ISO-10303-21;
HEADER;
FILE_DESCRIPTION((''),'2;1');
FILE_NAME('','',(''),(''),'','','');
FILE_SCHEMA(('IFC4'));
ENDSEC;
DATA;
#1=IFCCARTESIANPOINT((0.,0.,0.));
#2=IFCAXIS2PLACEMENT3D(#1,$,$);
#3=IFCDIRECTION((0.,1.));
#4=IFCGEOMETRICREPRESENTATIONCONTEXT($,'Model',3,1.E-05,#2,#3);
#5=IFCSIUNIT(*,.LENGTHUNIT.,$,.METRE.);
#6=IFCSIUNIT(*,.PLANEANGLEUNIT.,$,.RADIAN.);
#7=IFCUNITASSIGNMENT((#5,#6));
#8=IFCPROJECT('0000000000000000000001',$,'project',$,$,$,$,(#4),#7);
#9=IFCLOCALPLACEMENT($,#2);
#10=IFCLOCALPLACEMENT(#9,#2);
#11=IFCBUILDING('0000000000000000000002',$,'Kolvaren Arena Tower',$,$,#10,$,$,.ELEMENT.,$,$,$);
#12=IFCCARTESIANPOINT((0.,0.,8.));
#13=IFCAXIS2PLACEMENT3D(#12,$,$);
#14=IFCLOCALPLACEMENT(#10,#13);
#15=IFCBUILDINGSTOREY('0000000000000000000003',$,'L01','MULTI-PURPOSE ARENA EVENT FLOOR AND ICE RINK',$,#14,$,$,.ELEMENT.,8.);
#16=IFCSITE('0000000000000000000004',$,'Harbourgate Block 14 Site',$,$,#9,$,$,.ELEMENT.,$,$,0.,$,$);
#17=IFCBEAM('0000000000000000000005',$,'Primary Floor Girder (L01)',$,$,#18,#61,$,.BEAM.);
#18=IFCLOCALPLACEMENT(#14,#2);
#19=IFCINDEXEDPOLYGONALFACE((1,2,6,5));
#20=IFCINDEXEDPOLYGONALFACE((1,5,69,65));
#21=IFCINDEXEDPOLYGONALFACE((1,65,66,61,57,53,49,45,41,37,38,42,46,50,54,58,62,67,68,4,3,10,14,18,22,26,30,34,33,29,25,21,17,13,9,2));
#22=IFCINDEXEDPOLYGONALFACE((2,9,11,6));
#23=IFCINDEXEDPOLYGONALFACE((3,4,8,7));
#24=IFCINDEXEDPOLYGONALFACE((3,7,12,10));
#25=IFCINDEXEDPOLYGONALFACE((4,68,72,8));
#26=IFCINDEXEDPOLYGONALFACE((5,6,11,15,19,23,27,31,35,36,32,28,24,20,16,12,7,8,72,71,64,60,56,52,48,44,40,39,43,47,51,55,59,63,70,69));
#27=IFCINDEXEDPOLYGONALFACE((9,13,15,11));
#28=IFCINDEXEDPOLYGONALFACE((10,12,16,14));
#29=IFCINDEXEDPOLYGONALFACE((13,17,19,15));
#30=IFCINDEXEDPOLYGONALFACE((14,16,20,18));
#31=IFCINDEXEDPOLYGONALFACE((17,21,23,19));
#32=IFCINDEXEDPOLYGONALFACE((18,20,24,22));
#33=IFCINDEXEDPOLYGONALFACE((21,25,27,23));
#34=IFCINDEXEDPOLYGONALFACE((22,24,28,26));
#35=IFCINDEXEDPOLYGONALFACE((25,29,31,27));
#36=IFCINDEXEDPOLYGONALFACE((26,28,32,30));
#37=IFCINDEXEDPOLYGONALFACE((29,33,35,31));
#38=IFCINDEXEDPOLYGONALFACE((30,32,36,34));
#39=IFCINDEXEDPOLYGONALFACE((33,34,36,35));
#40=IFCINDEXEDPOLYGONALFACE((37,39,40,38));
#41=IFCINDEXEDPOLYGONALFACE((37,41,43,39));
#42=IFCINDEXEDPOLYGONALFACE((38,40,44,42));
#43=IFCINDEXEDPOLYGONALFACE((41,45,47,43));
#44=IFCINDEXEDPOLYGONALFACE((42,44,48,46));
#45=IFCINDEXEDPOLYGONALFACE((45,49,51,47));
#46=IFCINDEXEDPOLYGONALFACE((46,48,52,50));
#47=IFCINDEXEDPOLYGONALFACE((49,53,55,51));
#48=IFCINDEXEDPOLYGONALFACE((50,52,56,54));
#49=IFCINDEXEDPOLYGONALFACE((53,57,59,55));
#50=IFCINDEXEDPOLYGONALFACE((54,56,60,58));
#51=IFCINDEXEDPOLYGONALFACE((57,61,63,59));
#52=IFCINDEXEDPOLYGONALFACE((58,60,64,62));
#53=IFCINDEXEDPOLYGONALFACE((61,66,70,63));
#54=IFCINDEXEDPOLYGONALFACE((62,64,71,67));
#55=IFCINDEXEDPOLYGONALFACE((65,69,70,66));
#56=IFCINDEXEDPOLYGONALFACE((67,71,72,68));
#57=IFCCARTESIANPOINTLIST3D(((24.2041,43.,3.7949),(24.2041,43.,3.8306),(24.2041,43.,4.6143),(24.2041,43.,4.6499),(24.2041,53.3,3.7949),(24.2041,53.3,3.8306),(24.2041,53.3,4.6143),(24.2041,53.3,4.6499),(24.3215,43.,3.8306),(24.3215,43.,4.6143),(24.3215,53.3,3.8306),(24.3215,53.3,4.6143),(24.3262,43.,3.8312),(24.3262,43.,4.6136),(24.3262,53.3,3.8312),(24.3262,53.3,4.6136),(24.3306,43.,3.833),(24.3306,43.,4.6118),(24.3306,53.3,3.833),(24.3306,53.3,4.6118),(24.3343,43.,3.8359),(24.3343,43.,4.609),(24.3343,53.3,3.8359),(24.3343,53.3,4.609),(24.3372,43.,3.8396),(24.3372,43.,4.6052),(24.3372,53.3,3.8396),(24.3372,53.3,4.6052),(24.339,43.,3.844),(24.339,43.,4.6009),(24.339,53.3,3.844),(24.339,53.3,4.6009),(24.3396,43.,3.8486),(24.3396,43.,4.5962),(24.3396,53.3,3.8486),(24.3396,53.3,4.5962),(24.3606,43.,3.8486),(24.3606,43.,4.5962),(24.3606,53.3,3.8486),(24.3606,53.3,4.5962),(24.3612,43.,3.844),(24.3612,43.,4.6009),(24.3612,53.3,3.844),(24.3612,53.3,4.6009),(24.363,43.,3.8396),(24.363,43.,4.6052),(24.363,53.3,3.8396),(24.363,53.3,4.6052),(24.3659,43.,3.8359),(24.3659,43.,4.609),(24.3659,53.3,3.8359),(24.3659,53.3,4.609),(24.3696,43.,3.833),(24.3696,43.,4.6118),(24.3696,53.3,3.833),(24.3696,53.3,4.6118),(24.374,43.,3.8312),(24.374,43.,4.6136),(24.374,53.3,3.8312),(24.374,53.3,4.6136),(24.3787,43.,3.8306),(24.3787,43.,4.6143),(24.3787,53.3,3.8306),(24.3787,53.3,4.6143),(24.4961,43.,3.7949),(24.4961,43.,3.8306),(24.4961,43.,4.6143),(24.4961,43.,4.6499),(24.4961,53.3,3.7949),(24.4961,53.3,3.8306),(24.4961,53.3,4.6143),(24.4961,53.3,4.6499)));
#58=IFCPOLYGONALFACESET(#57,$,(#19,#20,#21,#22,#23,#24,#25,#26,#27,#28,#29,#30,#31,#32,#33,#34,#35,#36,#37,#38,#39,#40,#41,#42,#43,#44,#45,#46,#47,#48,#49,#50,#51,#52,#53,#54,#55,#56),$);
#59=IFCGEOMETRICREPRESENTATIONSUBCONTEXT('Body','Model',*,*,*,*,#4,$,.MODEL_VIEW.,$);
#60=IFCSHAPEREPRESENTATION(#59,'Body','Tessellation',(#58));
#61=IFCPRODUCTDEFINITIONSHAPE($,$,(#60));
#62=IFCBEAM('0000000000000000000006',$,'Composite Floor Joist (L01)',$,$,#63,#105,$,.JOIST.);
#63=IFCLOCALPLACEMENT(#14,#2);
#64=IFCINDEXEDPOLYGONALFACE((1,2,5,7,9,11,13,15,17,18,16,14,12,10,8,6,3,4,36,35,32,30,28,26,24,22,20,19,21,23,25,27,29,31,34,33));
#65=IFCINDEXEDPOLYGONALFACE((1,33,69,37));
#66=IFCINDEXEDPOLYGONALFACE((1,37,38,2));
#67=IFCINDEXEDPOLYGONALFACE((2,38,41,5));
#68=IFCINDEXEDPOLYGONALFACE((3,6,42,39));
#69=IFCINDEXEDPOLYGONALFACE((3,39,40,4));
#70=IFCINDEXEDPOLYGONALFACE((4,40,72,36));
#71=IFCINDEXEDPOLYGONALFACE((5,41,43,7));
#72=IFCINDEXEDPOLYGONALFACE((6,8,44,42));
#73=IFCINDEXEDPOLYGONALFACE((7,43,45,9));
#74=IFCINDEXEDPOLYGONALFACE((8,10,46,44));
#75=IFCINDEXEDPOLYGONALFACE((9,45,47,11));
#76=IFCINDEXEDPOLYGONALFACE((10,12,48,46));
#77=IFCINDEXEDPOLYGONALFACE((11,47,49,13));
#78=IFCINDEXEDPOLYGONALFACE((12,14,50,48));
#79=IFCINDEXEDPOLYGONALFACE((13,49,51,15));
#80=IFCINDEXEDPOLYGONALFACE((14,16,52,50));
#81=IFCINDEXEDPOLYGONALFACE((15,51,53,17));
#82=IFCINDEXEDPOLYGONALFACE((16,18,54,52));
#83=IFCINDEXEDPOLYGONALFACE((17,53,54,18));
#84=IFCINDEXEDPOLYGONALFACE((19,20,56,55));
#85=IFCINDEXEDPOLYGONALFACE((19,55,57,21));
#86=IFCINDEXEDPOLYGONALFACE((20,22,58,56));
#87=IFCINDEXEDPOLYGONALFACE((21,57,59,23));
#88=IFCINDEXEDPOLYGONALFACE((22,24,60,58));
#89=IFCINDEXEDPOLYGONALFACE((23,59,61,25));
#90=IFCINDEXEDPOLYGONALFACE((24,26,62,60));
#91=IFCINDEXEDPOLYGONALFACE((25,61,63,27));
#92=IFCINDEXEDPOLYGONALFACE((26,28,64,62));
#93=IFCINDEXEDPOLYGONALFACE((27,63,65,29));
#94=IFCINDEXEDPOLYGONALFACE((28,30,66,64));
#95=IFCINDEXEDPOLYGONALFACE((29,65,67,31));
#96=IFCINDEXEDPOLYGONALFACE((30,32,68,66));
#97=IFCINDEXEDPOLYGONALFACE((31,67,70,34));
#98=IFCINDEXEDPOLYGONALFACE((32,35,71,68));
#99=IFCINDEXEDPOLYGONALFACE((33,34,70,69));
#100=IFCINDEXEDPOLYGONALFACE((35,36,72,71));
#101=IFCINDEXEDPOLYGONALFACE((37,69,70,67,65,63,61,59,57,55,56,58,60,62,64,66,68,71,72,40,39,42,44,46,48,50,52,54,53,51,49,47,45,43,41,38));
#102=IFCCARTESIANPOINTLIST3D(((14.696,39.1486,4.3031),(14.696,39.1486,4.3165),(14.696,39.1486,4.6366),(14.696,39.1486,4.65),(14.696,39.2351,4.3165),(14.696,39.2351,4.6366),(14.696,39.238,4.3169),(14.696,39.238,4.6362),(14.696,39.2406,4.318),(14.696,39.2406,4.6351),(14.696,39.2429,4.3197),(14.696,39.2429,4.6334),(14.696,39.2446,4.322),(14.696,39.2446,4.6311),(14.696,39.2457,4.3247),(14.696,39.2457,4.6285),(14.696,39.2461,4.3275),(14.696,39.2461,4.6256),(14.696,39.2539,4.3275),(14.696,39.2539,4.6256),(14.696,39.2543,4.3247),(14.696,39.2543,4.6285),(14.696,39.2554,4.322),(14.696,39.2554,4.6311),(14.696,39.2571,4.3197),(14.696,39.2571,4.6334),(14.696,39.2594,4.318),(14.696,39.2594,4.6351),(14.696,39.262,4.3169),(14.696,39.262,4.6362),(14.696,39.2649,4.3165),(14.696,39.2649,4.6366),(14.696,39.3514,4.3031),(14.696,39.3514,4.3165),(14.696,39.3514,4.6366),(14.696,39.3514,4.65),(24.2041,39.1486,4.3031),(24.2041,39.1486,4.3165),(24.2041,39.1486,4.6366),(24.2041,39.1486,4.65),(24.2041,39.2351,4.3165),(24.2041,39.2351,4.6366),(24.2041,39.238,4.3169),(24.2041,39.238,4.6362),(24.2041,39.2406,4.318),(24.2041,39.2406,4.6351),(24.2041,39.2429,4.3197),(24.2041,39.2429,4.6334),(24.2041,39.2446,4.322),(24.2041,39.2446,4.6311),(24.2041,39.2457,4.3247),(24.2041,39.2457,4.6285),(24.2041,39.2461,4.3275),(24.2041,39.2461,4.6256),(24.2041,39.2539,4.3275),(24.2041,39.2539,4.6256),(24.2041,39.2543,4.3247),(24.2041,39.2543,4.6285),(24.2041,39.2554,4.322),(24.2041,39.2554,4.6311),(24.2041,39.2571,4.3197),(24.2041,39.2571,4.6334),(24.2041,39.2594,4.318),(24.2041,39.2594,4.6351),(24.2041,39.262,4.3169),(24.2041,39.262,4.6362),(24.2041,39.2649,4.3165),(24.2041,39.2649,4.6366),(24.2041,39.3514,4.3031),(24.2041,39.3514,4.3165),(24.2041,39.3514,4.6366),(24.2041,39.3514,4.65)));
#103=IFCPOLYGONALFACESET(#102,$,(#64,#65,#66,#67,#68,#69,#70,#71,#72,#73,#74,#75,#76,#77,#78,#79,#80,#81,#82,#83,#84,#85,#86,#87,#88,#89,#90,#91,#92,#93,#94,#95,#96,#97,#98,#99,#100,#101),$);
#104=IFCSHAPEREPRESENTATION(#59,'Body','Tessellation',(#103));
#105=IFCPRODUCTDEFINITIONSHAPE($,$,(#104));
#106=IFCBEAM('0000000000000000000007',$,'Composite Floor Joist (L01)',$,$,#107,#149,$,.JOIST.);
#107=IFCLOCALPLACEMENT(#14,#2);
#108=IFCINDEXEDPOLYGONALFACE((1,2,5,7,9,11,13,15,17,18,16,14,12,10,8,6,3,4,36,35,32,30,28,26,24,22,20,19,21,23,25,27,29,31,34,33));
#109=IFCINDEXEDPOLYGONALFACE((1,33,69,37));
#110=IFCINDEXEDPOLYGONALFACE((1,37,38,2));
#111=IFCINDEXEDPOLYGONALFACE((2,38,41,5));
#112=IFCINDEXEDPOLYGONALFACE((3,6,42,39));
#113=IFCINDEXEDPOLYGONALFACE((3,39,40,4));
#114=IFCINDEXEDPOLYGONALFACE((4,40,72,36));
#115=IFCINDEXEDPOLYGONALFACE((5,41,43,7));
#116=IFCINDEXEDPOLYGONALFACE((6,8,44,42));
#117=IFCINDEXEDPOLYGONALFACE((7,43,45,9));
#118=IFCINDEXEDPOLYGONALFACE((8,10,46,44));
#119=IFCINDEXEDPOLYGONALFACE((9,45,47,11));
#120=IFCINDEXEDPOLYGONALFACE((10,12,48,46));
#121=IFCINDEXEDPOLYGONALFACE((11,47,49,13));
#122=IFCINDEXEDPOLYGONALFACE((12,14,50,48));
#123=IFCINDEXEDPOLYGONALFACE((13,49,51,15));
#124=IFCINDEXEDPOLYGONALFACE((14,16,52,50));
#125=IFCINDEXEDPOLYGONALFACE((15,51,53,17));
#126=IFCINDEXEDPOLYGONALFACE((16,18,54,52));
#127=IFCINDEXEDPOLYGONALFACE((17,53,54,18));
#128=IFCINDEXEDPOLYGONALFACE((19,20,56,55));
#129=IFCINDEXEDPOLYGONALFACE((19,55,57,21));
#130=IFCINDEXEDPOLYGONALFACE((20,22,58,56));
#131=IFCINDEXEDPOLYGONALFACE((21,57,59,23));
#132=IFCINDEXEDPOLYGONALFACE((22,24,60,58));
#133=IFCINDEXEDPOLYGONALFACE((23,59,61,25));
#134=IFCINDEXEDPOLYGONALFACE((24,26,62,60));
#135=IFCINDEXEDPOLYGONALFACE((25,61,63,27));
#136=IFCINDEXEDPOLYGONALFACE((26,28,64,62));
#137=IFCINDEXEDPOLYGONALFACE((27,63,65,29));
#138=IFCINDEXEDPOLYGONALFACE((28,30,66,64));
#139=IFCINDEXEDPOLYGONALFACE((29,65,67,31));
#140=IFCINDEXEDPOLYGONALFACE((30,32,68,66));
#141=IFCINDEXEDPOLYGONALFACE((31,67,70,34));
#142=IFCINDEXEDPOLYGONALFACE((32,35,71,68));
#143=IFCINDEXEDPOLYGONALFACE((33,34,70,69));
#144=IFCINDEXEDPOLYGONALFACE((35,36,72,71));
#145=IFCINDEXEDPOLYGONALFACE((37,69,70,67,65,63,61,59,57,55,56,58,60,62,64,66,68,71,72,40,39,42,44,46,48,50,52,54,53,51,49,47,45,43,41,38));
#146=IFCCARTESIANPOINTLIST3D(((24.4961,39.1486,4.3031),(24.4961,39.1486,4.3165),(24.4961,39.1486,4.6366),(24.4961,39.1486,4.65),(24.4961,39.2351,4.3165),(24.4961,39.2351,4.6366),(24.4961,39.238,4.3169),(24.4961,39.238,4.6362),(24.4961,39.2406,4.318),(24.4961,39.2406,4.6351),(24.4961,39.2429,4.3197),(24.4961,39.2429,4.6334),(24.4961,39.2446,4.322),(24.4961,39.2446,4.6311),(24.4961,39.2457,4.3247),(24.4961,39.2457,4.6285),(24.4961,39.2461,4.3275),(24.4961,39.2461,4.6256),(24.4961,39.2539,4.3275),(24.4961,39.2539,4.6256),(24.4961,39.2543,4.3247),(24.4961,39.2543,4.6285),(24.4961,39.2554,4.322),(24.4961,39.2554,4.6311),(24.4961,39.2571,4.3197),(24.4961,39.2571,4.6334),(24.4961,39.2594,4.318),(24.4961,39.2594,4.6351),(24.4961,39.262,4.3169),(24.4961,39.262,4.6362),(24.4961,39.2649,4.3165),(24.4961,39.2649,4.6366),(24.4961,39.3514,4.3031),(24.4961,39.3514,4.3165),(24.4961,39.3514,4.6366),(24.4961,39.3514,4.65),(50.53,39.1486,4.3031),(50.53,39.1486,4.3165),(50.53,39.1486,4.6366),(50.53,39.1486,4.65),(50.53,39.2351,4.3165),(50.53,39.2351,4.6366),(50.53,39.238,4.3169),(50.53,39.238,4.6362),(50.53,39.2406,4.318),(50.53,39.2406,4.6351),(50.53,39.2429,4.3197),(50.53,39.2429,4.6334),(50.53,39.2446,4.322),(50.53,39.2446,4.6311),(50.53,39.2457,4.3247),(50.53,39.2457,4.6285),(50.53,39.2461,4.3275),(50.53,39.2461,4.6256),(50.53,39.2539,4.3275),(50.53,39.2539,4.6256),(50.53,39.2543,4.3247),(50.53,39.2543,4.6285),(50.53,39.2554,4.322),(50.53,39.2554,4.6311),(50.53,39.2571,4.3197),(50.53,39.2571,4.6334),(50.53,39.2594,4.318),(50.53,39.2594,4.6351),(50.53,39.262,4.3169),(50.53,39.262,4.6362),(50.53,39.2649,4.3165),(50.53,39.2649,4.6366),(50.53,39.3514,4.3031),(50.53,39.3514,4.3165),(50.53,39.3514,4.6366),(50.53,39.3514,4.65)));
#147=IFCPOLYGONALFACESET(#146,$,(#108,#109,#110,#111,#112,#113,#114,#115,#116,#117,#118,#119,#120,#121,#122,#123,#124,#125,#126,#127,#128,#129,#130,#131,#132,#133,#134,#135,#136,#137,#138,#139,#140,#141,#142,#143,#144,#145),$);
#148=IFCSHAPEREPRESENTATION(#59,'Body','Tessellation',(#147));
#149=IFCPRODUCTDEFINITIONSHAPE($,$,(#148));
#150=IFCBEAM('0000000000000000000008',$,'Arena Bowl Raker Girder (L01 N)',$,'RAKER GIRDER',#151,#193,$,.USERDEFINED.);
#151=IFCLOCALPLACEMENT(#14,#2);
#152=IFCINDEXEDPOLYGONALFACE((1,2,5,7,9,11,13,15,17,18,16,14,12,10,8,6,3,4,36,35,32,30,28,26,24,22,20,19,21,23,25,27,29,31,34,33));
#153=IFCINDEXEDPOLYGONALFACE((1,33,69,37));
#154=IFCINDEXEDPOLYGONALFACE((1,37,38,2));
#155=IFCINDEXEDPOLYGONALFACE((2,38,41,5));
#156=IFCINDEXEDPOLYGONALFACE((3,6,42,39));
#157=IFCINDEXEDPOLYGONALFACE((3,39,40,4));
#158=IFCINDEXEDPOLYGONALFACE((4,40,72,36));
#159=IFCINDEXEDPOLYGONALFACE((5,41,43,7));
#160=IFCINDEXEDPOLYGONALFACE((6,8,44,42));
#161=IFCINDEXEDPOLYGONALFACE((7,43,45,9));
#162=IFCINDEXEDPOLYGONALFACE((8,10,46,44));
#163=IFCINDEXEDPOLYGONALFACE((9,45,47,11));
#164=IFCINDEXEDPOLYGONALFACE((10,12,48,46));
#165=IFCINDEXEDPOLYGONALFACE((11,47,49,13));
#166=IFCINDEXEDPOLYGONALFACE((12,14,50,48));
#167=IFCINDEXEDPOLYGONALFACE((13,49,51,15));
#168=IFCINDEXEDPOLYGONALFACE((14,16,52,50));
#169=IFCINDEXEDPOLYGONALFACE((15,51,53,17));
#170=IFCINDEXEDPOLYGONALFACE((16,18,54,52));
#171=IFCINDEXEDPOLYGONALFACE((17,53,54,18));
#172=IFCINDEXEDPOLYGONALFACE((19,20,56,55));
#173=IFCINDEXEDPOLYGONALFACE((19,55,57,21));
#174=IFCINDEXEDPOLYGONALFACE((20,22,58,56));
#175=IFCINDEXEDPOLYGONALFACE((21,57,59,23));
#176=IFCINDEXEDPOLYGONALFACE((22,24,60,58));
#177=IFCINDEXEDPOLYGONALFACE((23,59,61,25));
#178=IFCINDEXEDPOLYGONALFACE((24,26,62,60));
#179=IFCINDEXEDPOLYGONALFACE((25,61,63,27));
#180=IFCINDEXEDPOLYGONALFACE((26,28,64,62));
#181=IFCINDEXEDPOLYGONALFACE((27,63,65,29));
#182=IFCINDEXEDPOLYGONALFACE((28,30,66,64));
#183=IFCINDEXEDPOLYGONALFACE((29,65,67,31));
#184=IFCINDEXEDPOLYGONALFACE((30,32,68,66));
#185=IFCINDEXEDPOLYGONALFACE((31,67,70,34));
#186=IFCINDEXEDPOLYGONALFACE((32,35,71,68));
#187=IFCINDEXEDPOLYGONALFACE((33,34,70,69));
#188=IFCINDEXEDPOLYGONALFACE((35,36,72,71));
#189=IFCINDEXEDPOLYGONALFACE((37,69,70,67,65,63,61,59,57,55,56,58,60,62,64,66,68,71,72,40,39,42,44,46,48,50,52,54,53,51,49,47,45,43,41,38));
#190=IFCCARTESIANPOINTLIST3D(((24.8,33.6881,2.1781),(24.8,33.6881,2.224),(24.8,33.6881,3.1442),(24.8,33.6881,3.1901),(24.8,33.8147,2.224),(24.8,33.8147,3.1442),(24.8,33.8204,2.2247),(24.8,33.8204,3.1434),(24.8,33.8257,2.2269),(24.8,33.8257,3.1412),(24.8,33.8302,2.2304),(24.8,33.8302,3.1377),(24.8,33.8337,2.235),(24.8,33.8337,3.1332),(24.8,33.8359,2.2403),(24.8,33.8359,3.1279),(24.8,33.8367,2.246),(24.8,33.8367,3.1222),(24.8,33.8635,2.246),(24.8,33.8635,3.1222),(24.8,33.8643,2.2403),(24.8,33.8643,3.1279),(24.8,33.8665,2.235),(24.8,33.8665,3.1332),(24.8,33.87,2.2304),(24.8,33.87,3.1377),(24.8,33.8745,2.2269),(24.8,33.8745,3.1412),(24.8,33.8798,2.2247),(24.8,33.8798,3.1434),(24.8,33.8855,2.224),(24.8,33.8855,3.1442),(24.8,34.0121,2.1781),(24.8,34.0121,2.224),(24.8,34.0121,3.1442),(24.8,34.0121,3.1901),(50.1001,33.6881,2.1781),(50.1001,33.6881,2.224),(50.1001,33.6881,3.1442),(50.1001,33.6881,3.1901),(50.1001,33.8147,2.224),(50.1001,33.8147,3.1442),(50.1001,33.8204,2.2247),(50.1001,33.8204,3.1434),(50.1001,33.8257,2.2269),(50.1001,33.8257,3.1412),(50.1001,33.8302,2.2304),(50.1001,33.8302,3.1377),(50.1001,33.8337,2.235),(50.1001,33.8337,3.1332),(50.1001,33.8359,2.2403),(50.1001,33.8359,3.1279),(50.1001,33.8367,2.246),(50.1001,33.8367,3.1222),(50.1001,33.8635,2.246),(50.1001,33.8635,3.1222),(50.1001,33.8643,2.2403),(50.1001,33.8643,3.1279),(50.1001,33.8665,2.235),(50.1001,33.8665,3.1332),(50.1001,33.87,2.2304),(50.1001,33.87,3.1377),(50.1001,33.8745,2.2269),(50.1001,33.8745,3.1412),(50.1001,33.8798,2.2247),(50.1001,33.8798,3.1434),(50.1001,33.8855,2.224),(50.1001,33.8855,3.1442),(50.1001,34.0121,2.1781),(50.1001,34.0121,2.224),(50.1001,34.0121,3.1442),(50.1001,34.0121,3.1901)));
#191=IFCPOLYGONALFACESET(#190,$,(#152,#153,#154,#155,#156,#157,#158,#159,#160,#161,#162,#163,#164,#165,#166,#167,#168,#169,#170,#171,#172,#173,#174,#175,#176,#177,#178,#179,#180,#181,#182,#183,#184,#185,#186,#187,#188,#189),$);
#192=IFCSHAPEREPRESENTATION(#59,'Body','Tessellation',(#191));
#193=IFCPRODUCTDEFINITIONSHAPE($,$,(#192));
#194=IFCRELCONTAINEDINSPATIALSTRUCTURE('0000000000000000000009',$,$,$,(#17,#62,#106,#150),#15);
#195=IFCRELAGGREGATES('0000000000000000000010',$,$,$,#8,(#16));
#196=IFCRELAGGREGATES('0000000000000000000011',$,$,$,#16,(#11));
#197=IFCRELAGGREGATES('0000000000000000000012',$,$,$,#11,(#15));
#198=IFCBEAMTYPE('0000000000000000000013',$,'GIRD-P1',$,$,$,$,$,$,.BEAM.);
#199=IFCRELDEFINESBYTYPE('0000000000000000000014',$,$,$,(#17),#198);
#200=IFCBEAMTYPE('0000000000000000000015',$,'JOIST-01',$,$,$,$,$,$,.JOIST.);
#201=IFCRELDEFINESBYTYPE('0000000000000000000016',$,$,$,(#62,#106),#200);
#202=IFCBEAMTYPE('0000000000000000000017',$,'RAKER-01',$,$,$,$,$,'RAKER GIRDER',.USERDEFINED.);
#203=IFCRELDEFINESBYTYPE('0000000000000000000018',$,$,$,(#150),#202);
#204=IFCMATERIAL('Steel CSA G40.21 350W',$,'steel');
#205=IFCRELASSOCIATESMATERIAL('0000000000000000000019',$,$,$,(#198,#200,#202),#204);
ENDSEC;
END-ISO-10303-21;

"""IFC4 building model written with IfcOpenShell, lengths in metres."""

from ifc_helpers import new_model, si_unit, direction, frame, origin, origin_2d, place, context, subcontext, project, spatial, i_section, extrude, material, material_profile, profile_set, type_object, element, save


model = new_model("IFC4")

# Units and contexts
model_context = context("Model", 3, precision=1e-05, world=origin(), true_north=direction((0.0, 1.0)))
body_context = subcontext(model_context, "Body", "Model", "MODEL_VIEW")
ifc_project = project(units=[si_unit("LENGTHUNIT", "METRE"), si_unit("PLANEANGLEUNIT", "RADIAN")], contexts=[model_context])

# Site, building, storey
site_placement = place(None, origin())
site = spatial("IfcSite", under=ifc_project, at=site_placement, Name="Harbourgate Block 14 Site", CompositionType="ELEMENT", RefElevation=0.0)
building_placement = place(site_placement, origin())
building = spatial("IfcBuilding", under=site, at=building_placement, Name="Kolvaren Arena Tower", CompositionType="ELEMENT")
storey_placement = place(building_placement, frame((0.0, 0.0, 8.0)))
storey = spatial("IfcBuildingStorey", under=building, at=storey_placement, Name="L01", Description="MULTI-PURPOSE ARENA EVENT FLOOR AND ICE RINK", CompositionType="ELEMENT", Elevation=8.0)

# Beams
ifc_material_1 = material(Name="Steel CSA G40.21 350W", Category="steel")
ifc_material_profile_1 = material_profile(ifc_material_1, i_section(OverallWidth=0.292, OverallDepth=0.855, WebThickness=0.021, FlangeThickness=0.0356, FilletRadius=0.0181, at=origin_2d()), Name="W840x299")
ifc_profile_set_1 = profile_set([ifc_material_profile_1], Name="Steel CSA G40.21 350W")
beam_type_1 = type_object("IfcBeamType", Name="GIRD-P1", PredefinedType="BEAM", material=ifc_profile_set_1)
beam_1_placement = place(storey_placement, frame((24.3501, 43.0, 4.2224), z_axis=(0.0, 1.0, 0.0), x_axis=(-1.0, 0.0, 0.0)))
element("IfcBeam", 1, at=beam_1_placement, inside=storey, type_object=beam_type_1, Name="Primary Floor Girder (L01)", PredefinedType="BEAM", context=body_context, shape_type="SweptSolid", body=[
    extrude(i_section(OverallWidth=0.292, OverallDepth=0.855, WebThickness=0.021, FlangeThickness=0.0356, FilletRadius=0.0181, at=origin_2d()), origin(), (0.0, 0.0, 1.0), 10.3),
])
ifc_material_profile_2 = material_profile(ifc_material_1, i_section(OverallWidth=0.2029, OverallDepth=0.3469, WebThickness=0.0078, FlangeThickness=0.0134, FilletRadius=0.011, at=origin_2d()), Name="W360x64")
ifc_profile_set_2 = profile_set([ifc_material_profile_2], Name="Steel CSA G40.21 350W")
beam_type_2 = type_object("IfcBeamType", Name="JOIST-01", PredefinedType="JOIST", material=ifc_profile_set_2)
beam_2_placement = place(storey_placement, frame((14.696, 39.25, 4.4766), z_axis=(1.0, 0.0, 0.0), x_axis=(0.0, 1.0, 0.0)))
element("IfcBeam", 2, at=beam_2_placement, inside=storey, type_object=beam_type_2, Name="Composite Floor Joist (L01)", PredefinedType="JOIST", context=body_context, shape_type="SweptSolid", body=[
    extrude(i_section(OverallWidth=0.2029, OverallDepth=0.3469, WebThickness=0.0078, FlangeThickness=0.0134, FilletRadius=0.011, at=origin_2d()), origin(), (0.0, 0.0, 1.0), 9.5081),
])
beam_3_placement = place(storey_placement, frame((24.4961, 39.25, 4.4766), z_axis=(1.0, 0.0, 0.0), x_axis=(0.0, 1.0, 0.0)))
element("IfcBeam", 3, at=beam_3_placement, inside=storey, type_object=beam_type_2, Name="Composite Floor Joist (L01)", PredefinedType="JOIST", context=body_context, shape_type="SweptSolid", body=[
    extrude(i_section(OverallWidth=0.2029, OverallDepth=0.3469, WebThickness=0.0078, FlangeThickness=0.0134, FilletRadius=0.011, at=origin_2d()), origin(), (0.0, 0.0, 1.0), 26.0339),
])
ifc_material_profile_3 = material_profile(ifc_material_1, i_section(OverallWidth=0.324, OverallDepth=1.012, WebThickness=0.0269, FlangeThickness=0.0459, FilletRadius=0.022, at=origin_2d()), Name="W1000x443")
ifc_profile_set_3 = profile_set([ifc_material_profile_3], Name="Steel CSA G40.21 350W")
beam_type_3 = type_object("IfcBeamType", Name="RAKER-01", ElementType="RAKER GIRDER", PredefinedType="USERDEFINED", material=ifc_profile_set_3)
beam_4_placement = place(storey_placement, frame((24.8, 33.8501, 2.6841), z_axis=(1.0, 0.0, 0.0), x_axis=(0.0, 1.0, 0.0)))
element("IfcBeam", 4, at=beam_4_placement, inside=storey, type_object=beam_type_3, Name="Arena Bowl Raker Girder (L01 N)", ObjectType="RAKER GIRDER", PredefinedType="USERDEFINED", context=body_context, shape_type="SweptSolid", body=[
    extrude(i_section(OverallWidth=0.324, OverallDepth=1.012, WebThickness=0.0269, FlangeThickness=0.0459, FilletRadius=0.022, at=origin_2d()), origin(), (0.0, 0.0, 1.0), 25.3),
])

save(model, "model.ifc")
